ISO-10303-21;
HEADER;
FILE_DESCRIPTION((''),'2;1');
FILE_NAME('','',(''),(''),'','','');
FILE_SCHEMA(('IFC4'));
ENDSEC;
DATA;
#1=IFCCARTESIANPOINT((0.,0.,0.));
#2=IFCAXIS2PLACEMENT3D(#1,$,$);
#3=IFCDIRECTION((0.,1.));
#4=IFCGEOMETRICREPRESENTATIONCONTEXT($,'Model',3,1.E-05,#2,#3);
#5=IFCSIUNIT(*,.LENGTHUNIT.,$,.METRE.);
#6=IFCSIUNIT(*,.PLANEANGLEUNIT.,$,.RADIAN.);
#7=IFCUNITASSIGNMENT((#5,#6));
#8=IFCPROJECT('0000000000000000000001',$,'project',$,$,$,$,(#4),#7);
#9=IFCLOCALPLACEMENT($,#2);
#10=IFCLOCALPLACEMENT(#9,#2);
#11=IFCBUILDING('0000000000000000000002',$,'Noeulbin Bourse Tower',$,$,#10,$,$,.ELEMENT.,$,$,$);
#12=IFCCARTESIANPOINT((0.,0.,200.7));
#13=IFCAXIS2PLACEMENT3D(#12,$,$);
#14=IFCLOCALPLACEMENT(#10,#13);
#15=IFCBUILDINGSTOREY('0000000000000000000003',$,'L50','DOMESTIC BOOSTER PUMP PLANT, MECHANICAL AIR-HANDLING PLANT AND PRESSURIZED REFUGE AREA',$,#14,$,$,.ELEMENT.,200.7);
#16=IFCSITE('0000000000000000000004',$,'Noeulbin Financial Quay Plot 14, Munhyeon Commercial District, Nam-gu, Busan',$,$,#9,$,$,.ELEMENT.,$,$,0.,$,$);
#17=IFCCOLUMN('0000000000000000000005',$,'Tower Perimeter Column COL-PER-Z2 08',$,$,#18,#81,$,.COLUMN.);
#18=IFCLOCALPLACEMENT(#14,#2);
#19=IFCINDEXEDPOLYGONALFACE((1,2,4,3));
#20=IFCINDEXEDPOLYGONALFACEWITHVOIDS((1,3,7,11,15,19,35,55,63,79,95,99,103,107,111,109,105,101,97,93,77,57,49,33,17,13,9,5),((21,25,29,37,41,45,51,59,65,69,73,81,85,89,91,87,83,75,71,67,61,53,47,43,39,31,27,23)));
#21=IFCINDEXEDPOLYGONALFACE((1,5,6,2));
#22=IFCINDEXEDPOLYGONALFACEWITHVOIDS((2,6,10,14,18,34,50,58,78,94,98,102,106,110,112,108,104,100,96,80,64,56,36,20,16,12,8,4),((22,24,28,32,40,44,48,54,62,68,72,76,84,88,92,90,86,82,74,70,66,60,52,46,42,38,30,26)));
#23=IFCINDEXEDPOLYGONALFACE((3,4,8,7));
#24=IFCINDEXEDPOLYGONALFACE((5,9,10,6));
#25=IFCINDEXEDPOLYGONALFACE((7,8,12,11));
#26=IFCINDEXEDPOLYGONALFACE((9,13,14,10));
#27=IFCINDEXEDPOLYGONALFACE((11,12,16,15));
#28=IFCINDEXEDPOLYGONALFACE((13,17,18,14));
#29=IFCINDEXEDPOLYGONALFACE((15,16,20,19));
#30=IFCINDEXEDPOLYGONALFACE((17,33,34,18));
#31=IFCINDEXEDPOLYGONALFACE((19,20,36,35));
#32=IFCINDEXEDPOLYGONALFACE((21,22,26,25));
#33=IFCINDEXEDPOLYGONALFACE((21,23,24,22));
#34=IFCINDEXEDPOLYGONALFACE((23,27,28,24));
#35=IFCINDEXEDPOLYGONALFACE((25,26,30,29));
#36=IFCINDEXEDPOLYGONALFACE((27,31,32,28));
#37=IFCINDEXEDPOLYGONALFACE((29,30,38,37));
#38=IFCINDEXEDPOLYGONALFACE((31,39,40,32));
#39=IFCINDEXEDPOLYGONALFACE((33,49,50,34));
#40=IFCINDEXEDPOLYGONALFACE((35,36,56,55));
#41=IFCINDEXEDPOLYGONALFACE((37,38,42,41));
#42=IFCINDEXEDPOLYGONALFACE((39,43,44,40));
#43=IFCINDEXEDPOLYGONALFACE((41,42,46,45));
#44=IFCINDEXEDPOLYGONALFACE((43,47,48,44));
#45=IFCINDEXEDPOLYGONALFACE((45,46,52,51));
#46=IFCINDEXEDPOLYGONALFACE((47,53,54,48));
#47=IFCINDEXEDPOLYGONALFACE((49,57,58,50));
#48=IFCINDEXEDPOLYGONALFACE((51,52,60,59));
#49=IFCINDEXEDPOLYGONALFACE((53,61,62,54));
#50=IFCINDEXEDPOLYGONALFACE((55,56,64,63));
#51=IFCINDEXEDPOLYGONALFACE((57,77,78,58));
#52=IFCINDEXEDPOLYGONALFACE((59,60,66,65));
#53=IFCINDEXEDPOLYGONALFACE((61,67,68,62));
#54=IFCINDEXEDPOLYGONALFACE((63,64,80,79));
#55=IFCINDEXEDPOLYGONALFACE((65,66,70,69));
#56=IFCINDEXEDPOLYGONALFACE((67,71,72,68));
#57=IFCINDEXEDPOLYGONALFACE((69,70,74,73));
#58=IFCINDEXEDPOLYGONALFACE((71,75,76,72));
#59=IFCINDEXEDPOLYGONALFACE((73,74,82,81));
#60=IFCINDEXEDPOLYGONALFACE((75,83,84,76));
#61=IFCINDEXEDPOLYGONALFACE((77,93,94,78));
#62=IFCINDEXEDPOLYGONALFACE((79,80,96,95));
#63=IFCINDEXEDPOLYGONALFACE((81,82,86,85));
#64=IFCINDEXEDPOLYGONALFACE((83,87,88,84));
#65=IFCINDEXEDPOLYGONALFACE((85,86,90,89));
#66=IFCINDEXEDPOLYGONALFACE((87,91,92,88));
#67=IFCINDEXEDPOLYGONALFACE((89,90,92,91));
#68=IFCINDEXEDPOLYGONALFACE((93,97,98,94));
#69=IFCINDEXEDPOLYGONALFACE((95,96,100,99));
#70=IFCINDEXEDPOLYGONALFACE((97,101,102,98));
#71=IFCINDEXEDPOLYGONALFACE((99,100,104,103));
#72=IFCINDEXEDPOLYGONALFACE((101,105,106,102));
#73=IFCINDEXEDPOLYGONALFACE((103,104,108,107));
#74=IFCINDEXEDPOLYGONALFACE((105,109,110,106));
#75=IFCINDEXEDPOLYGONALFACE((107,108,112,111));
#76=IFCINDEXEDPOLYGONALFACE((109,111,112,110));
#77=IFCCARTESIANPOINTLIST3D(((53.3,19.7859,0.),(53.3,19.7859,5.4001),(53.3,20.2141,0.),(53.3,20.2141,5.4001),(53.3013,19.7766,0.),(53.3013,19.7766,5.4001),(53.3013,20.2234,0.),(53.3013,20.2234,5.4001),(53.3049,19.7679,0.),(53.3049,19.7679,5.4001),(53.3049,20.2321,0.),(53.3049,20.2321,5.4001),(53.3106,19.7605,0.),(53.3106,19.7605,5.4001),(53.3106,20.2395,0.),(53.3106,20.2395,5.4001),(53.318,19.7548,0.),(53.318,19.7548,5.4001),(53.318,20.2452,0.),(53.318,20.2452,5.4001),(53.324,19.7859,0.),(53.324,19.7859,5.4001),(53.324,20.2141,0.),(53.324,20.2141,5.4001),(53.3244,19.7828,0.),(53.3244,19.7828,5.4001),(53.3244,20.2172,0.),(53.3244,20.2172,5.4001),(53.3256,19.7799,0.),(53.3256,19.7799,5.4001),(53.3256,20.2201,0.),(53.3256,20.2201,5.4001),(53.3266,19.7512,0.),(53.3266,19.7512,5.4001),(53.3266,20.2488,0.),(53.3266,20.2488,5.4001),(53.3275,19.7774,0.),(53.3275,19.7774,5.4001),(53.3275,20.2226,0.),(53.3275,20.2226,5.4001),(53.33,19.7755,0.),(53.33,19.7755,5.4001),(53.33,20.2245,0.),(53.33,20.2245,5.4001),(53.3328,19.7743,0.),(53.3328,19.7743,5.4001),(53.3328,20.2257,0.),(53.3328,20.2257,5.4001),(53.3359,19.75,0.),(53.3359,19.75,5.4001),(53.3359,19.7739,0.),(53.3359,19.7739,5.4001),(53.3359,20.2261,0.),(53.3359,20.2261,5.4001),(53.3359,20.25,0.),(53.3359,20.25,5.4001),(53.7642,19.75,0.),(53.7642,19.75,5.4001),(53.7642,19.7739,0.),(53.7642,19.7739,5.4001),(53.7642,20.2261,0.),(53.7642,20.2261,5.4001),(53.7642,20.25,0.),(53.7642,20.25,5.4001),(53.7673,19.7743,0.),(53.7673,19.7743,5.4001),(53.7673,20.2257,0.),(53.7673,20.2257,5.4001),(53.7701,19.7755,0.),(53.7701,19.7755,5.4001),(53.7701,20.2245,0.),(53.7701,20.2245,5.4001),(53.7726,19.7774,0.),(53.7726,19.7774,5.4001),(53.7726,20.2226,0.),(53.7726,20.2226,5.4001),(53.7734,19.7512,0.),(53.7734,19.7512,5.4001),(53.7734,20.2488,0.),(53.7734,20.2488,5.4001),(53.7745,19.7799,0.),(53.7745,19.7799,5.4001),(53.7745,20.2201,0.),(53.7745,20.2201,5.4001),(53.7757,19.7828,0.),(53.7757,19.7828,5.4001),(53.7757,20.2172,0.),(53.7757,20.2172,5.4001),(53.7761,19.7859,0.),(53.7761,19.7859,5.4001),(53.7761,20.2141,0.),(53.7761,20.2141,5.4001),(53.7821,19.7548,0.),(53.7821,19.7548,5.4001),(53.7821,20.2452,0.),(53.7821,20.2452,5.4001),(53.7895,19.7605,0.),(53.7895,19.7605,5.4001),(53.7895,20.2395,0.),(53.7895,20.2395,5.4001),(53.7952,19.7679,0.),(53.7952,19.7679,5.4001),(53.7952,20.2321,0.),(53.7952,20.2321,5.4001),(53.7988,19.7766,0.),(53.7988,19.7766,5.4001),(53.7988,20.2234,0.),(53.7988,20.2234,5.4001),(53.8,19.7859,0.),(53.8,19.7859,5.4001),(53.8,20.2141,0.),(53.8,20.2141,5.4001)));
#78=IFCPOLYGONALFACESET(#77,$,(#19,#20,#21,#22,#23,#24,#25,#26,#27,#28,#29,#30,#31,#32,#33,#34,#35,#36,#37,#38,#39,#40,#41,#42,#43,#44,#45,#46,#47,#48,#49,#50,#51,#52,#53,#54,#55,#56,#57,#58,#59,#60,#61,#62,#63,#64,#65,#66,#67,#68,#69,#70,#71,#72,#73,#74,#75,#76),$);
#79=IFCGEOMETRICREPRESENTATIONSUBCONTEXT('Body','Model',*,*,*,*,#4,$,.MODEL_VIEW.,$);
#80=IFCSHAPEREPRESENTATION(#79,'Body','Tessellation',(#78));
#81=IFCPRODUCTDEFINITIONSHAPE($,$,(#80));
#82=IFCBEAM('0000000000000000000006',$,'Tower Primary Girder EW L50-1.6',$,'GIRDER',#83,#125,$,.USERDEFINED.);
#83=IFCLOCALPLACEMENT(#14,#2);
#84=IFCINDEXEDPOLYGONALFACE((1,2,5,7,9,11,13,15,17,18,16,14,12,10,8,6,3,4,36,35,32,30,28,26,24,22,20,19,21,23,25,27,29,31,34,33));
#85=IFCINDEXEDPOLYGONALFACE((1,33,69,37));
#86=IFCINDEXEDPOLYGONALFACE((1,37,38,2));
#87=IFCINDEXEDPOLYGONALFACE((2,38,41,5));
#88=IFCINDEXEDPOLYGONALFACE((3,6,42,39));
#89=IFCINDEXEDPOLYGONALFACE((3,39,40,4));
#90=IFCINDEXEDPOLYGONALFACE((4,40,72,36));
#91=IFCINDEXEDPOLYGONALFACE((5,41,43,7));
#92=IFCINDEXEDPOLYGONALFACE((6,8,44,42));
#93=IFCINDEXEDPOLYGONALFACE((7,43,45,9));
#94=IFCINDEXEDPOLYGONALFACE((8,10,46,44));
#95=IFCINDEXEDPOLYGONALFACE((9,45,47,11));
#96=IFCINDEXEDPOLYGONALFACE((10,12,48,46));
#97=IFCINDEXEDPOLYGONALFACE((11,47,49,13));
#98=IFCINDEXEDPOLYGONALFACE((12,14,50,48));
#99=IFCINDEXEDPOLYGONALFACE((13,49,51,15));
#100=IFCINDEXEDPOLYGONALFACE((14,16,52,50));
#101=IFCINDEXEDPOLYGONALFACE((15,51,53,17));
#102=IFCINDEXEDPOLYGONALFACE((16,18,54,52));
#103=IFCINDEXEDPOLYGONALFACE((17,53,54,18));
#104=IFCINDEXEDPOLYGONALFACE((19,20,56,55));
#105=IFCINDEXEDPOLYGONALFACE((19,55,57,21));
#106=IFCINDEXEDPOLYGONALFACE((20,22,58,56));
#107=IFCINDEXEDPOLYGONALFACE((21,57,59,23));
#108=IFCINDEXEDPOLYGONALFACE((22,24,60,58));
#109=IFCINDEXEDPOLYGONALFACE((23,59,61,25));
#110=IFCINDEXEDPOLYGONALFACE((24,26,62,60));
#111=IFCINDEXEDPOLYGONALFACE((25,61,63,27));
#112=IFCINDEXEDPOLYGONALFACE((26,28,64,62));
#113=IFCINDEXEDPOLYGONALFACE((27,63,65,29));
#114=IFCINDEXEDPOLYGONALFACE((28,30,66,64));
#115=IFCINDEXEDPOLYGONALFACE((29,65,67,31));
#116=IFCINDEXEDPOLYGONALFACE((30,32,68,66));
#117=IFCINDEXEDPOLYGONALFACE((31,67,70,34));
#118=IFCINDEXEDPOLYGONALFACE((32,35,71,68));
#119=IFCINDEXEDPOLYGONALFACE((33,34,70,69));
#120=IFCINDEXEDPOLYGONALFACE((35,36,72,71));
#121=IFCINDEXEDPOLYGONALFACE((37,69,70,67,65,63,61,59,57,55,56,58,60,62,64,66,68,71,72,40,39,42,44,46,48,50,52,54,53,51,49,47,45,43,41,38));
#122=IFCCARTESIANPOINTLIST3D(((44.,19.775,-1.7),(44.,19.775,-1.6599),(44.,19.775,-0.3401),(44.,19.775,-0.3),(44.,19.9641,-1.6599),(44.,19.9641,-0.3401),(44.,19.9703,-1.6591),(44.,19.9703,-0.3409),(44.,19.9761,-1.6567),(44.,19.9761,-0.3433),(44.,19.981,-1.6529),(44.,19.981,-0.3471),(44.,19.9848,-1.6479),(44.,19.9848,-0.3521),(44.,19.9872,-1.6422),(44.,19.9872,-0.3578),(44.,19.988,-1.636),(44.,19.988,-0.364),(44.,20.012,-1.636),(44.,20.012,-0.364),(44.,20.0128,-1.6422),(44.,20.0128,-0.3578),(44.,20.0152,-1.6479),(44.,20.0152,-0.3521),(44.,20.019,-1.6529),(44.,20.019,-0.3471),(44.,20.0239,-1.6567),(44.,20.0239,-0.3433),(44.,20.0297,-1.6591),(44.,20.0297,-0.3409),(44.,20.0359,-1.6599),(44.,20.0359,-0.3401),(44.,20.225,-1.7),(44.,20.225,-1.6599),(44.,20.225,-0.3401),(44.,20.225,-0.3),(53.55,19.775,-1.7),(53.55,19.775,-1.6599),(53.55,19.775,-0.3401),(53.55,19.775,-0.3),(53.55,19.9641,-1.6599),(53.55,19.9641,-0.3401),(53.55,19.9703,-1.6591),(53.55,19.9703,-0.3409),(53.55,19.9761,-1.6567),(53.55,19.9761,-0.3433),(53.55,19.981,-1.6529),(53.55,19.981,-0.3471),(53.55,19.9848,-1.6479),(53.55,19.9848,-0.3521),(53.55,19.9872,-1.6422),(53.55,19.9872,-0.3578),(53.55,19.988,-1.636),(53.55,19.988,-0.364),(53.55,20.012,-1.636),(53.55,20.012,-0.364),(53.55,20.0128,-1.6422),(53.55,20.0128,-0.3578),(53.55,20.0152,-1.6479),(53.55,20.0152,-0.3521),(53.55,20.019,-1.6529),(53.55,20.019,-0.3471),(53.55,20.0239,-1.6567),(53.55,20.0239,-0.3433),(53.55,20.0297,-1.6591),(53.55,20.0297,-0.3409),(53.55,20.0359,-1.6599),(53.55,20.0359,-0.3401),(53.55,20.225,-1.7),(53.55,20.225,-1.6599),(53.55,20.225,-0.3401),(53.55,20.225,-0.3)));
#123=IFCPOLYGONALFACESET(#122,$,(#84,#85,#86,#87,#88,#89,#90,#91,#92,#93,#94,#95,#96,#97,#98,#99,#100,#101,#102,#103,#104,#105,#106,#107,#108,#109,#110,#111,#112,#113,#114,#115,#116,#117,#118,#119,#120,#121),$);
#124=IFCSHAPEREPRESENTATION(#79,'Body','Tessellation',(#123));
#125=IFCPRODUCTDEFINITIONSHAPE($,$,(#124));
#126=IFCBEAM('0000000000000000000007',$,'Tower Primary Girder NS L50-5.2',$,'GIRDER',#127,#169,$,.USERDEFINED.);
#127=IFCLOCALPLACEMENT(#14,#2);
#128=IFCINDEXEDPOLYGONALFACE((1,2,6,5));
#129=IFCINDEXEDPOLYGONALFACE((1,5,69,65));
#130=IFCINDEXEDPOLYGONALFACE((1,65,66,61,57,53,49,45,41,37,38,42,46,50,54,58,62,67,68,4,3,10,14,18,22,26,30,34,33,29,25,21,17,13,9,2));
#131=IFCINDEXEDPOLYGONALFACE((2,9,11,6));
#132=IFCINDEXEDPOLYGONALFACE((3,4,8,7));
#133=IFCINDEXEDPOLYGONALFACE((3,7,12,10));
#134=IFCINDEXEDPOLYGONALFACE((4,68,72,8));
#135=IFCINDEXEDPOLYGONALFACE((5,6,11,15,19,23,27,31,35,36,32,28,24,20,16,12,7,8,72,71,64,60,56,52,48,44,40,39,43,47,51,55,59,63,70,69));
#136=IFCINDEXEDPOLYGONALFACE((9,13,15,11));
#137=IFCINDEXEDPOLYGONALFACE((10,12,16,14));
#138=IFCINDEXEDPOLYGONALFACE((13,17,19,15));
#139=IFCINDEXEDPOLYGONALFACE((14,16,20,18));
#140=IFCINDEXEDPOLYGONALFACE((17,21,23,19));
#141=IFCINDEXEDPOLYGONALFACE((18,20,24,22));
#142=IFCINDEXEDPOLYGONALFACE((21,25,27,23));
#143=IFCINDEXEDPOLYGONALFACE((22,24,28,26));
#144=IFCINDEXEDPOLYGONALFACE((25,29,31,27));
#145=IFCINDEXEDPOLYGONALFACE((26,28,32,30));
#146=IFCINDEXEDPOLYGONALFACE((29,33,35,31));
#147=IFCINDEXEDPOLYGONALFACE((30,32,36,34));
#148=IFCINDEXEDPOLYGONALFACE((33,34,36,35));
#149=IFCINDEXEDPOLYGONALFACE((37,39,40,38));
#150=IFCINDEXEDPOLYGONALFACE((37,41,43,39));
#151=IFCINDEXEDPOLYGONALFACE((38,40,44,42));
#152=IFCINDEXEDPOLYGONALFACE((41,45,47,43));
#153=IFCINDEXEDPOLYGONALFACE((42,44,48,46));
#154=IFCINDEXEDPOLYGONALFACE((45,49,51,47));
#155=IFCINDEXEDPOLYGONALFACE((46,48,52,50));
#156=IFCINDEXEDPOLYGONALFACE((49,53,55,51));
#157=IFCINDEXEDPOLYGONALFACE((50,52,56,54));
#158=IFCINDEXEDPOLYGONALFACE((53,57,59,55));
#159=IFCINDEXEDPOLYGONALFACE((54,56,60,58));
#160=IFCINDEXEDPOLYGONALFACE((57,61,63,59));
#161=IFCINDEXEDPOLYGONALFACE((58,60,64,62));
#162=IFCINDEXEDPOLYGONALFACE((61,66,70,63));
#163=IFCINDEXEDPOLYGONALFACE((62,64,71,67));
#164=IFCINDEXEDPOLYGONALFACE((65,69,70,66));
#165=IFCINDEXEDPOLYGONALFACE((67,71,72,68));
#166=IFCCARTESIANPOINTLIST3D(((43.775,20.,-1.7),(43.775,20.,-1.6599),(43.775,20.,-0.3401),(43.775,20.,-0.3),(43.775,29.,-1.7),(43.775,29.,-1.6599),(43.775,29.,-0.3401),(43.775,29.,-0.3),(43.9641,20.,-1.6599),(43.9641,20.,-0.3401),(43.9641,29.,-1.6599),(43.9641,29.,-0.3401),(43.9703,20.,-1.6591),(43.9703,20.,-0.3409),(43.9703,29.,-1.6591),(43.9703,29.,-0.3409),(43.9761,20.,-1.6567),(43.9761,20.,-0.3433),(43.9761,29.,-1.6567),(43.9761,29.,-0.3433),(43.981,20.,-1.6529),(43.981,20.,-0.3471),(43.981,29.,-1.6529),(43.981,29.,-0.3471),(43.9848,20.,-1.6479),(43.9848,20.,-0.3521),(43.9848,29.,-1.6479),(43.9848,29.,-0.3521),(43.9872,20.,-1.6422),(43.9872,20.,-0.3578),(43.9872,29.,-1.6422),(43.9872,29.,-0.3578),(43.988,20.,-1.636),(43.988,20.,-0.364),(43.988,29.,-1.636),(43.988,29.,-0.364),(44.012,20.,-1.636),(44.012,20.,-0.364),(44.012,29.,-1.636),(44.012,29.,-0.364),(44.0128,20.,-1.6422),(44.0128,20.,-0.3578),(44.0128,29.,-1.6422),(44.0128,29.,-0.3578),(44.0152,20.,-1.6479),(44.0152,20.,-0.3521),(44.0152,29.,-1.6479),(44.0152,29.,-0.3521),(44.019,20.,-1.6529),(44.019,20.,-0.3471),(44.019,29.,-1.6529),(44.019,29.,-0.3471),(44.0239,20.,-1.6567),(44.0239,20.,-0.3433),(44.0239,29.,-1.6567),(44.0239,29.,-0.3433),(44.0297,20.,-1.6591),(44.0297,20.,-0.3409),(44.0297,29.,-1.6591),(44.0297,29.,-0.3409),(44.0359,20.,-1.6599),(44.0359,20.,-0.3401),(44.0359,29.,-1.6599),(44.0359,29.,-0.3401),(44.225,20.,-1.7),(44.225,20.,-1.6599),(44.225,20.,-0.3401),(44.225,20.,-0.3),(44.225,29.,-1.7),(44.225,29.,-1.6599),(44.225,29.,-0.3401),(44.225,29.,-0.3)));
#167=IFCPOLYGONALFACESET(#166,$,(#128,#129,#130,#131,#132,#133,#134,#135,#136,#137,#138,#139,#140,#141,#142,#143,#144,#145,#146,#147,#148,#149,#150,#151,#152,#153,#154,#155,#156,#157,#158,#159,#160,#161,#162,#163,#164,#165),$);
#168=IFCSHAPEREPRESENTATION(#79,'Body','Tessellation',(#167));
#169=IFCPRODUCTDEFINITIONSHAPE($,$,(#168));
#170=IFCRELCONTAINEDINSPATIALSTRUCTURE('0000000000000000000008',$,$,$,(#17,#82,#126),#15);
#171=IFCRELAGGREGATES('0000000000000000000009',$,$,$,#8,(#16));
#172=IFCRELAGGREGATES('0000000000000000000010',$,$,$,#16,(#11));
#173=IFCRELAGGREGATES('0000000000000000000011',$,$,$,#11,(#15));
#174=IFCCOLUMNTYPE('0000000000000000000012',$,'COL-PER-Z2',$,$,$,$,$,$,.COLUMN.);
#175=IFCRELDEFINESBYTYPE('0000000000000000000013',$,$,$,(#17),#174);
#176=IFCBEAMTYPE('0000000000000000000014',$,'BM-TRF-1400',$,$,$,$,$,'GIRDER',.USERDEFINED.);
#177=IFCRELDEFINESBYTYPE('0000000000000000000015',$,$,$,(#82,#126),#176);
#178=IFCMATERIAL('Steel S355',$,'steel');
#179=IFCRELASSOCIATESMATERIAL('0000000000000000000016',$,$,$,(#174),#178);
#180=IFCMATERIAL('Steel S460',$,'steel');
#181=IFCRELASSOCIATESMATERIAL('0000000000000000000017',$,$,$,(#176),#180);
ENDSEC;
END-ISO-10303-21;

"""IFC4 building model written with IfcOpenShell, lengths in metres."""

from ifc_helpers import new_model, si_unit, direction, frame, origin, origin_2d, place, context, subcontext, project, spatial, hollow_rectangle, i_section, extrude, material, material_profile, profile_set, type_object, element, save


model = new_model("IFC4")

# Units and contexts
model_context = context("Model", 3, precision=1e-05, world=origin(), true_north=direction((0.0, 1.0)))
body_context = subcontext(model_context, "Body", "Model", "MODEL_VIEW")
ifc_project = project(units=[si_unit("LENGTHUNIT", "METRE"), si_unit("PLANEANGLEUNIT", "RADIAN")], contexts=[model_context])

# Site, building, storey
site_placement = place(None, origin())
site = spatial("IfcSite", under=ifc_project, at=site_placement, Name="Noeulbin Financial Quay Plot 14, Munhyeon Commercial District, Nam-gu, Busan", CompositionType="ELEMENT", RefElevation=0.0)
building_placement = place(site_placement, origin())
building = spatial("IfcBuilding", under=site, at=building_placement, Name="Noeulbin Bourse Tower", CompositionType="ELEMENT")
storey_placement = place(building_placement, frame((0.0, 0.0, 200.7)))
storey = spatial("IfcBuildingStorey", under=building, at=storey_placement, Name="L50", Description="DOMESTIC BOOSTER PUMP PLANT, MECHANICAL AIR-HANDLING PLANT AND PRESSURIZED REFUGE AREA", CompositionType="ELEMENT", Elevation=200.7)

# Column
ifc_material_1 = material(Name="Steel S355", Category="steel")
ifc_material_profile_1 = material_profile(ifc_material_1, hollow_rectangle(XDim=0.5, YDim=0.5, WallThickness=0.0239, InnerFilletRadius=0.012, OuterFilletRadius=0.0359, at=origin_2d()), Name="BOX-500x500x24", Category="LoadBearing")
ifc_profile_set_1 = profile_set([ifc_material_profile_1], Name="Steel S355")
column_type = type_object("IfcColumnType", Name="COL-PER-Z2", PredefinedType="COLUMN", material=ifc_profile_set_1)
column_placement = place(storey_placement, frame((53.55, 20.0, 0.0), z_axis=(0.0, 0.0, 1.0), x_axis=(1.0, 0.0, 0.0)))
element("IfcColumn", 1, at=column_placement, inside=storey, type_object=column_type, Name="Tower Perimeter Column COL-PER-Z2 08", PredefinedType="COLUMN", context=body_context, shape_type="SweptSolid", body=[
    extrude(hollow_rectangle(XDim=0.5, YDim=0.5, WallThickness=0.0239, InnerFilletRadius=0.012, OuterFilletRadius=0.0359, at=origin_2d()), origin(), (0.0, 0.0, 1.0), 5.4001),
])

# Beams
ifc_material_2 = material(Name="Steel S460", Category="steel")
ifc_material_profile_2 = material_profile(ifc_material_2, i_section(OverallWidth=0.45, OverallDepth=1.3999, WebThickness=0.0239, FlangeThickness=0.04, FilletRadius=0.0239, at=origin_2d()), Name="PG-1400x450x24x40", Category="LoadBearing")
ifc_profile_set_2 = profile_set([ifc_material_profile_2], Name="Steel S460")
beam_type = type_object("IfcBeamType", Name="BM-TRF-1400", ElementType="GIRDER", PredefinedType="USERDEFINED", material=ifc_profile_set_2)
beam_placement = place(storey_placement, frame((44.0, 20.0, -1.0), z_axis=(1.0, 0.0, 0.0), x_axis=(0.0, 1.0, 0.0)))
element("IfcBeam", 2, at=beam_placement, inside=storey, type_object=beam_type, Name="Tower Primary Girder EW L50-1.6", ObjectType="GIRDER", PredefinedType="USERDEFINED", context=body_context, shape_type="SweptSolid", body=[
    extrude(i_section(OverallWidth=0.45, OverallDepth=1.3999, WebThickness=0.0239, FlangeThickness=0.04, FilletRadius=0.0239, at=origin_2d()), origin(), (0.0, 0.0, 1.0), 9.55),
])
for number, where, z_axis, x_axis, name in (
    (3, (44.0, 20.0, -1.0), (0.0, 1.0, 0.0), (-1.0, 0.0, 0.0), "Tower Primary Girder NS L50-5.2"),
):
    element("IfcBeam", number, at=place(storey_placement, frame(where, z_axis=z_axis, x_axis=x_axis)), inside=storey, type_object=beam_type, Name=name, ObjectType="GIRDER", PredefinedType="USERDEFINED", context=body_context, shape_type="SweptSolid", body=[
        extrude(i_section(OverallWidth=0.45, OverallDepth=1.3999, WebThickness=0.0239, FlangeThickness=0.04, FilletRadius=0.0239, at=origin_2d()), origin(), (0.0, 0.0, 1.0), 9.0),
    ])

save(model, "model.ifc")
